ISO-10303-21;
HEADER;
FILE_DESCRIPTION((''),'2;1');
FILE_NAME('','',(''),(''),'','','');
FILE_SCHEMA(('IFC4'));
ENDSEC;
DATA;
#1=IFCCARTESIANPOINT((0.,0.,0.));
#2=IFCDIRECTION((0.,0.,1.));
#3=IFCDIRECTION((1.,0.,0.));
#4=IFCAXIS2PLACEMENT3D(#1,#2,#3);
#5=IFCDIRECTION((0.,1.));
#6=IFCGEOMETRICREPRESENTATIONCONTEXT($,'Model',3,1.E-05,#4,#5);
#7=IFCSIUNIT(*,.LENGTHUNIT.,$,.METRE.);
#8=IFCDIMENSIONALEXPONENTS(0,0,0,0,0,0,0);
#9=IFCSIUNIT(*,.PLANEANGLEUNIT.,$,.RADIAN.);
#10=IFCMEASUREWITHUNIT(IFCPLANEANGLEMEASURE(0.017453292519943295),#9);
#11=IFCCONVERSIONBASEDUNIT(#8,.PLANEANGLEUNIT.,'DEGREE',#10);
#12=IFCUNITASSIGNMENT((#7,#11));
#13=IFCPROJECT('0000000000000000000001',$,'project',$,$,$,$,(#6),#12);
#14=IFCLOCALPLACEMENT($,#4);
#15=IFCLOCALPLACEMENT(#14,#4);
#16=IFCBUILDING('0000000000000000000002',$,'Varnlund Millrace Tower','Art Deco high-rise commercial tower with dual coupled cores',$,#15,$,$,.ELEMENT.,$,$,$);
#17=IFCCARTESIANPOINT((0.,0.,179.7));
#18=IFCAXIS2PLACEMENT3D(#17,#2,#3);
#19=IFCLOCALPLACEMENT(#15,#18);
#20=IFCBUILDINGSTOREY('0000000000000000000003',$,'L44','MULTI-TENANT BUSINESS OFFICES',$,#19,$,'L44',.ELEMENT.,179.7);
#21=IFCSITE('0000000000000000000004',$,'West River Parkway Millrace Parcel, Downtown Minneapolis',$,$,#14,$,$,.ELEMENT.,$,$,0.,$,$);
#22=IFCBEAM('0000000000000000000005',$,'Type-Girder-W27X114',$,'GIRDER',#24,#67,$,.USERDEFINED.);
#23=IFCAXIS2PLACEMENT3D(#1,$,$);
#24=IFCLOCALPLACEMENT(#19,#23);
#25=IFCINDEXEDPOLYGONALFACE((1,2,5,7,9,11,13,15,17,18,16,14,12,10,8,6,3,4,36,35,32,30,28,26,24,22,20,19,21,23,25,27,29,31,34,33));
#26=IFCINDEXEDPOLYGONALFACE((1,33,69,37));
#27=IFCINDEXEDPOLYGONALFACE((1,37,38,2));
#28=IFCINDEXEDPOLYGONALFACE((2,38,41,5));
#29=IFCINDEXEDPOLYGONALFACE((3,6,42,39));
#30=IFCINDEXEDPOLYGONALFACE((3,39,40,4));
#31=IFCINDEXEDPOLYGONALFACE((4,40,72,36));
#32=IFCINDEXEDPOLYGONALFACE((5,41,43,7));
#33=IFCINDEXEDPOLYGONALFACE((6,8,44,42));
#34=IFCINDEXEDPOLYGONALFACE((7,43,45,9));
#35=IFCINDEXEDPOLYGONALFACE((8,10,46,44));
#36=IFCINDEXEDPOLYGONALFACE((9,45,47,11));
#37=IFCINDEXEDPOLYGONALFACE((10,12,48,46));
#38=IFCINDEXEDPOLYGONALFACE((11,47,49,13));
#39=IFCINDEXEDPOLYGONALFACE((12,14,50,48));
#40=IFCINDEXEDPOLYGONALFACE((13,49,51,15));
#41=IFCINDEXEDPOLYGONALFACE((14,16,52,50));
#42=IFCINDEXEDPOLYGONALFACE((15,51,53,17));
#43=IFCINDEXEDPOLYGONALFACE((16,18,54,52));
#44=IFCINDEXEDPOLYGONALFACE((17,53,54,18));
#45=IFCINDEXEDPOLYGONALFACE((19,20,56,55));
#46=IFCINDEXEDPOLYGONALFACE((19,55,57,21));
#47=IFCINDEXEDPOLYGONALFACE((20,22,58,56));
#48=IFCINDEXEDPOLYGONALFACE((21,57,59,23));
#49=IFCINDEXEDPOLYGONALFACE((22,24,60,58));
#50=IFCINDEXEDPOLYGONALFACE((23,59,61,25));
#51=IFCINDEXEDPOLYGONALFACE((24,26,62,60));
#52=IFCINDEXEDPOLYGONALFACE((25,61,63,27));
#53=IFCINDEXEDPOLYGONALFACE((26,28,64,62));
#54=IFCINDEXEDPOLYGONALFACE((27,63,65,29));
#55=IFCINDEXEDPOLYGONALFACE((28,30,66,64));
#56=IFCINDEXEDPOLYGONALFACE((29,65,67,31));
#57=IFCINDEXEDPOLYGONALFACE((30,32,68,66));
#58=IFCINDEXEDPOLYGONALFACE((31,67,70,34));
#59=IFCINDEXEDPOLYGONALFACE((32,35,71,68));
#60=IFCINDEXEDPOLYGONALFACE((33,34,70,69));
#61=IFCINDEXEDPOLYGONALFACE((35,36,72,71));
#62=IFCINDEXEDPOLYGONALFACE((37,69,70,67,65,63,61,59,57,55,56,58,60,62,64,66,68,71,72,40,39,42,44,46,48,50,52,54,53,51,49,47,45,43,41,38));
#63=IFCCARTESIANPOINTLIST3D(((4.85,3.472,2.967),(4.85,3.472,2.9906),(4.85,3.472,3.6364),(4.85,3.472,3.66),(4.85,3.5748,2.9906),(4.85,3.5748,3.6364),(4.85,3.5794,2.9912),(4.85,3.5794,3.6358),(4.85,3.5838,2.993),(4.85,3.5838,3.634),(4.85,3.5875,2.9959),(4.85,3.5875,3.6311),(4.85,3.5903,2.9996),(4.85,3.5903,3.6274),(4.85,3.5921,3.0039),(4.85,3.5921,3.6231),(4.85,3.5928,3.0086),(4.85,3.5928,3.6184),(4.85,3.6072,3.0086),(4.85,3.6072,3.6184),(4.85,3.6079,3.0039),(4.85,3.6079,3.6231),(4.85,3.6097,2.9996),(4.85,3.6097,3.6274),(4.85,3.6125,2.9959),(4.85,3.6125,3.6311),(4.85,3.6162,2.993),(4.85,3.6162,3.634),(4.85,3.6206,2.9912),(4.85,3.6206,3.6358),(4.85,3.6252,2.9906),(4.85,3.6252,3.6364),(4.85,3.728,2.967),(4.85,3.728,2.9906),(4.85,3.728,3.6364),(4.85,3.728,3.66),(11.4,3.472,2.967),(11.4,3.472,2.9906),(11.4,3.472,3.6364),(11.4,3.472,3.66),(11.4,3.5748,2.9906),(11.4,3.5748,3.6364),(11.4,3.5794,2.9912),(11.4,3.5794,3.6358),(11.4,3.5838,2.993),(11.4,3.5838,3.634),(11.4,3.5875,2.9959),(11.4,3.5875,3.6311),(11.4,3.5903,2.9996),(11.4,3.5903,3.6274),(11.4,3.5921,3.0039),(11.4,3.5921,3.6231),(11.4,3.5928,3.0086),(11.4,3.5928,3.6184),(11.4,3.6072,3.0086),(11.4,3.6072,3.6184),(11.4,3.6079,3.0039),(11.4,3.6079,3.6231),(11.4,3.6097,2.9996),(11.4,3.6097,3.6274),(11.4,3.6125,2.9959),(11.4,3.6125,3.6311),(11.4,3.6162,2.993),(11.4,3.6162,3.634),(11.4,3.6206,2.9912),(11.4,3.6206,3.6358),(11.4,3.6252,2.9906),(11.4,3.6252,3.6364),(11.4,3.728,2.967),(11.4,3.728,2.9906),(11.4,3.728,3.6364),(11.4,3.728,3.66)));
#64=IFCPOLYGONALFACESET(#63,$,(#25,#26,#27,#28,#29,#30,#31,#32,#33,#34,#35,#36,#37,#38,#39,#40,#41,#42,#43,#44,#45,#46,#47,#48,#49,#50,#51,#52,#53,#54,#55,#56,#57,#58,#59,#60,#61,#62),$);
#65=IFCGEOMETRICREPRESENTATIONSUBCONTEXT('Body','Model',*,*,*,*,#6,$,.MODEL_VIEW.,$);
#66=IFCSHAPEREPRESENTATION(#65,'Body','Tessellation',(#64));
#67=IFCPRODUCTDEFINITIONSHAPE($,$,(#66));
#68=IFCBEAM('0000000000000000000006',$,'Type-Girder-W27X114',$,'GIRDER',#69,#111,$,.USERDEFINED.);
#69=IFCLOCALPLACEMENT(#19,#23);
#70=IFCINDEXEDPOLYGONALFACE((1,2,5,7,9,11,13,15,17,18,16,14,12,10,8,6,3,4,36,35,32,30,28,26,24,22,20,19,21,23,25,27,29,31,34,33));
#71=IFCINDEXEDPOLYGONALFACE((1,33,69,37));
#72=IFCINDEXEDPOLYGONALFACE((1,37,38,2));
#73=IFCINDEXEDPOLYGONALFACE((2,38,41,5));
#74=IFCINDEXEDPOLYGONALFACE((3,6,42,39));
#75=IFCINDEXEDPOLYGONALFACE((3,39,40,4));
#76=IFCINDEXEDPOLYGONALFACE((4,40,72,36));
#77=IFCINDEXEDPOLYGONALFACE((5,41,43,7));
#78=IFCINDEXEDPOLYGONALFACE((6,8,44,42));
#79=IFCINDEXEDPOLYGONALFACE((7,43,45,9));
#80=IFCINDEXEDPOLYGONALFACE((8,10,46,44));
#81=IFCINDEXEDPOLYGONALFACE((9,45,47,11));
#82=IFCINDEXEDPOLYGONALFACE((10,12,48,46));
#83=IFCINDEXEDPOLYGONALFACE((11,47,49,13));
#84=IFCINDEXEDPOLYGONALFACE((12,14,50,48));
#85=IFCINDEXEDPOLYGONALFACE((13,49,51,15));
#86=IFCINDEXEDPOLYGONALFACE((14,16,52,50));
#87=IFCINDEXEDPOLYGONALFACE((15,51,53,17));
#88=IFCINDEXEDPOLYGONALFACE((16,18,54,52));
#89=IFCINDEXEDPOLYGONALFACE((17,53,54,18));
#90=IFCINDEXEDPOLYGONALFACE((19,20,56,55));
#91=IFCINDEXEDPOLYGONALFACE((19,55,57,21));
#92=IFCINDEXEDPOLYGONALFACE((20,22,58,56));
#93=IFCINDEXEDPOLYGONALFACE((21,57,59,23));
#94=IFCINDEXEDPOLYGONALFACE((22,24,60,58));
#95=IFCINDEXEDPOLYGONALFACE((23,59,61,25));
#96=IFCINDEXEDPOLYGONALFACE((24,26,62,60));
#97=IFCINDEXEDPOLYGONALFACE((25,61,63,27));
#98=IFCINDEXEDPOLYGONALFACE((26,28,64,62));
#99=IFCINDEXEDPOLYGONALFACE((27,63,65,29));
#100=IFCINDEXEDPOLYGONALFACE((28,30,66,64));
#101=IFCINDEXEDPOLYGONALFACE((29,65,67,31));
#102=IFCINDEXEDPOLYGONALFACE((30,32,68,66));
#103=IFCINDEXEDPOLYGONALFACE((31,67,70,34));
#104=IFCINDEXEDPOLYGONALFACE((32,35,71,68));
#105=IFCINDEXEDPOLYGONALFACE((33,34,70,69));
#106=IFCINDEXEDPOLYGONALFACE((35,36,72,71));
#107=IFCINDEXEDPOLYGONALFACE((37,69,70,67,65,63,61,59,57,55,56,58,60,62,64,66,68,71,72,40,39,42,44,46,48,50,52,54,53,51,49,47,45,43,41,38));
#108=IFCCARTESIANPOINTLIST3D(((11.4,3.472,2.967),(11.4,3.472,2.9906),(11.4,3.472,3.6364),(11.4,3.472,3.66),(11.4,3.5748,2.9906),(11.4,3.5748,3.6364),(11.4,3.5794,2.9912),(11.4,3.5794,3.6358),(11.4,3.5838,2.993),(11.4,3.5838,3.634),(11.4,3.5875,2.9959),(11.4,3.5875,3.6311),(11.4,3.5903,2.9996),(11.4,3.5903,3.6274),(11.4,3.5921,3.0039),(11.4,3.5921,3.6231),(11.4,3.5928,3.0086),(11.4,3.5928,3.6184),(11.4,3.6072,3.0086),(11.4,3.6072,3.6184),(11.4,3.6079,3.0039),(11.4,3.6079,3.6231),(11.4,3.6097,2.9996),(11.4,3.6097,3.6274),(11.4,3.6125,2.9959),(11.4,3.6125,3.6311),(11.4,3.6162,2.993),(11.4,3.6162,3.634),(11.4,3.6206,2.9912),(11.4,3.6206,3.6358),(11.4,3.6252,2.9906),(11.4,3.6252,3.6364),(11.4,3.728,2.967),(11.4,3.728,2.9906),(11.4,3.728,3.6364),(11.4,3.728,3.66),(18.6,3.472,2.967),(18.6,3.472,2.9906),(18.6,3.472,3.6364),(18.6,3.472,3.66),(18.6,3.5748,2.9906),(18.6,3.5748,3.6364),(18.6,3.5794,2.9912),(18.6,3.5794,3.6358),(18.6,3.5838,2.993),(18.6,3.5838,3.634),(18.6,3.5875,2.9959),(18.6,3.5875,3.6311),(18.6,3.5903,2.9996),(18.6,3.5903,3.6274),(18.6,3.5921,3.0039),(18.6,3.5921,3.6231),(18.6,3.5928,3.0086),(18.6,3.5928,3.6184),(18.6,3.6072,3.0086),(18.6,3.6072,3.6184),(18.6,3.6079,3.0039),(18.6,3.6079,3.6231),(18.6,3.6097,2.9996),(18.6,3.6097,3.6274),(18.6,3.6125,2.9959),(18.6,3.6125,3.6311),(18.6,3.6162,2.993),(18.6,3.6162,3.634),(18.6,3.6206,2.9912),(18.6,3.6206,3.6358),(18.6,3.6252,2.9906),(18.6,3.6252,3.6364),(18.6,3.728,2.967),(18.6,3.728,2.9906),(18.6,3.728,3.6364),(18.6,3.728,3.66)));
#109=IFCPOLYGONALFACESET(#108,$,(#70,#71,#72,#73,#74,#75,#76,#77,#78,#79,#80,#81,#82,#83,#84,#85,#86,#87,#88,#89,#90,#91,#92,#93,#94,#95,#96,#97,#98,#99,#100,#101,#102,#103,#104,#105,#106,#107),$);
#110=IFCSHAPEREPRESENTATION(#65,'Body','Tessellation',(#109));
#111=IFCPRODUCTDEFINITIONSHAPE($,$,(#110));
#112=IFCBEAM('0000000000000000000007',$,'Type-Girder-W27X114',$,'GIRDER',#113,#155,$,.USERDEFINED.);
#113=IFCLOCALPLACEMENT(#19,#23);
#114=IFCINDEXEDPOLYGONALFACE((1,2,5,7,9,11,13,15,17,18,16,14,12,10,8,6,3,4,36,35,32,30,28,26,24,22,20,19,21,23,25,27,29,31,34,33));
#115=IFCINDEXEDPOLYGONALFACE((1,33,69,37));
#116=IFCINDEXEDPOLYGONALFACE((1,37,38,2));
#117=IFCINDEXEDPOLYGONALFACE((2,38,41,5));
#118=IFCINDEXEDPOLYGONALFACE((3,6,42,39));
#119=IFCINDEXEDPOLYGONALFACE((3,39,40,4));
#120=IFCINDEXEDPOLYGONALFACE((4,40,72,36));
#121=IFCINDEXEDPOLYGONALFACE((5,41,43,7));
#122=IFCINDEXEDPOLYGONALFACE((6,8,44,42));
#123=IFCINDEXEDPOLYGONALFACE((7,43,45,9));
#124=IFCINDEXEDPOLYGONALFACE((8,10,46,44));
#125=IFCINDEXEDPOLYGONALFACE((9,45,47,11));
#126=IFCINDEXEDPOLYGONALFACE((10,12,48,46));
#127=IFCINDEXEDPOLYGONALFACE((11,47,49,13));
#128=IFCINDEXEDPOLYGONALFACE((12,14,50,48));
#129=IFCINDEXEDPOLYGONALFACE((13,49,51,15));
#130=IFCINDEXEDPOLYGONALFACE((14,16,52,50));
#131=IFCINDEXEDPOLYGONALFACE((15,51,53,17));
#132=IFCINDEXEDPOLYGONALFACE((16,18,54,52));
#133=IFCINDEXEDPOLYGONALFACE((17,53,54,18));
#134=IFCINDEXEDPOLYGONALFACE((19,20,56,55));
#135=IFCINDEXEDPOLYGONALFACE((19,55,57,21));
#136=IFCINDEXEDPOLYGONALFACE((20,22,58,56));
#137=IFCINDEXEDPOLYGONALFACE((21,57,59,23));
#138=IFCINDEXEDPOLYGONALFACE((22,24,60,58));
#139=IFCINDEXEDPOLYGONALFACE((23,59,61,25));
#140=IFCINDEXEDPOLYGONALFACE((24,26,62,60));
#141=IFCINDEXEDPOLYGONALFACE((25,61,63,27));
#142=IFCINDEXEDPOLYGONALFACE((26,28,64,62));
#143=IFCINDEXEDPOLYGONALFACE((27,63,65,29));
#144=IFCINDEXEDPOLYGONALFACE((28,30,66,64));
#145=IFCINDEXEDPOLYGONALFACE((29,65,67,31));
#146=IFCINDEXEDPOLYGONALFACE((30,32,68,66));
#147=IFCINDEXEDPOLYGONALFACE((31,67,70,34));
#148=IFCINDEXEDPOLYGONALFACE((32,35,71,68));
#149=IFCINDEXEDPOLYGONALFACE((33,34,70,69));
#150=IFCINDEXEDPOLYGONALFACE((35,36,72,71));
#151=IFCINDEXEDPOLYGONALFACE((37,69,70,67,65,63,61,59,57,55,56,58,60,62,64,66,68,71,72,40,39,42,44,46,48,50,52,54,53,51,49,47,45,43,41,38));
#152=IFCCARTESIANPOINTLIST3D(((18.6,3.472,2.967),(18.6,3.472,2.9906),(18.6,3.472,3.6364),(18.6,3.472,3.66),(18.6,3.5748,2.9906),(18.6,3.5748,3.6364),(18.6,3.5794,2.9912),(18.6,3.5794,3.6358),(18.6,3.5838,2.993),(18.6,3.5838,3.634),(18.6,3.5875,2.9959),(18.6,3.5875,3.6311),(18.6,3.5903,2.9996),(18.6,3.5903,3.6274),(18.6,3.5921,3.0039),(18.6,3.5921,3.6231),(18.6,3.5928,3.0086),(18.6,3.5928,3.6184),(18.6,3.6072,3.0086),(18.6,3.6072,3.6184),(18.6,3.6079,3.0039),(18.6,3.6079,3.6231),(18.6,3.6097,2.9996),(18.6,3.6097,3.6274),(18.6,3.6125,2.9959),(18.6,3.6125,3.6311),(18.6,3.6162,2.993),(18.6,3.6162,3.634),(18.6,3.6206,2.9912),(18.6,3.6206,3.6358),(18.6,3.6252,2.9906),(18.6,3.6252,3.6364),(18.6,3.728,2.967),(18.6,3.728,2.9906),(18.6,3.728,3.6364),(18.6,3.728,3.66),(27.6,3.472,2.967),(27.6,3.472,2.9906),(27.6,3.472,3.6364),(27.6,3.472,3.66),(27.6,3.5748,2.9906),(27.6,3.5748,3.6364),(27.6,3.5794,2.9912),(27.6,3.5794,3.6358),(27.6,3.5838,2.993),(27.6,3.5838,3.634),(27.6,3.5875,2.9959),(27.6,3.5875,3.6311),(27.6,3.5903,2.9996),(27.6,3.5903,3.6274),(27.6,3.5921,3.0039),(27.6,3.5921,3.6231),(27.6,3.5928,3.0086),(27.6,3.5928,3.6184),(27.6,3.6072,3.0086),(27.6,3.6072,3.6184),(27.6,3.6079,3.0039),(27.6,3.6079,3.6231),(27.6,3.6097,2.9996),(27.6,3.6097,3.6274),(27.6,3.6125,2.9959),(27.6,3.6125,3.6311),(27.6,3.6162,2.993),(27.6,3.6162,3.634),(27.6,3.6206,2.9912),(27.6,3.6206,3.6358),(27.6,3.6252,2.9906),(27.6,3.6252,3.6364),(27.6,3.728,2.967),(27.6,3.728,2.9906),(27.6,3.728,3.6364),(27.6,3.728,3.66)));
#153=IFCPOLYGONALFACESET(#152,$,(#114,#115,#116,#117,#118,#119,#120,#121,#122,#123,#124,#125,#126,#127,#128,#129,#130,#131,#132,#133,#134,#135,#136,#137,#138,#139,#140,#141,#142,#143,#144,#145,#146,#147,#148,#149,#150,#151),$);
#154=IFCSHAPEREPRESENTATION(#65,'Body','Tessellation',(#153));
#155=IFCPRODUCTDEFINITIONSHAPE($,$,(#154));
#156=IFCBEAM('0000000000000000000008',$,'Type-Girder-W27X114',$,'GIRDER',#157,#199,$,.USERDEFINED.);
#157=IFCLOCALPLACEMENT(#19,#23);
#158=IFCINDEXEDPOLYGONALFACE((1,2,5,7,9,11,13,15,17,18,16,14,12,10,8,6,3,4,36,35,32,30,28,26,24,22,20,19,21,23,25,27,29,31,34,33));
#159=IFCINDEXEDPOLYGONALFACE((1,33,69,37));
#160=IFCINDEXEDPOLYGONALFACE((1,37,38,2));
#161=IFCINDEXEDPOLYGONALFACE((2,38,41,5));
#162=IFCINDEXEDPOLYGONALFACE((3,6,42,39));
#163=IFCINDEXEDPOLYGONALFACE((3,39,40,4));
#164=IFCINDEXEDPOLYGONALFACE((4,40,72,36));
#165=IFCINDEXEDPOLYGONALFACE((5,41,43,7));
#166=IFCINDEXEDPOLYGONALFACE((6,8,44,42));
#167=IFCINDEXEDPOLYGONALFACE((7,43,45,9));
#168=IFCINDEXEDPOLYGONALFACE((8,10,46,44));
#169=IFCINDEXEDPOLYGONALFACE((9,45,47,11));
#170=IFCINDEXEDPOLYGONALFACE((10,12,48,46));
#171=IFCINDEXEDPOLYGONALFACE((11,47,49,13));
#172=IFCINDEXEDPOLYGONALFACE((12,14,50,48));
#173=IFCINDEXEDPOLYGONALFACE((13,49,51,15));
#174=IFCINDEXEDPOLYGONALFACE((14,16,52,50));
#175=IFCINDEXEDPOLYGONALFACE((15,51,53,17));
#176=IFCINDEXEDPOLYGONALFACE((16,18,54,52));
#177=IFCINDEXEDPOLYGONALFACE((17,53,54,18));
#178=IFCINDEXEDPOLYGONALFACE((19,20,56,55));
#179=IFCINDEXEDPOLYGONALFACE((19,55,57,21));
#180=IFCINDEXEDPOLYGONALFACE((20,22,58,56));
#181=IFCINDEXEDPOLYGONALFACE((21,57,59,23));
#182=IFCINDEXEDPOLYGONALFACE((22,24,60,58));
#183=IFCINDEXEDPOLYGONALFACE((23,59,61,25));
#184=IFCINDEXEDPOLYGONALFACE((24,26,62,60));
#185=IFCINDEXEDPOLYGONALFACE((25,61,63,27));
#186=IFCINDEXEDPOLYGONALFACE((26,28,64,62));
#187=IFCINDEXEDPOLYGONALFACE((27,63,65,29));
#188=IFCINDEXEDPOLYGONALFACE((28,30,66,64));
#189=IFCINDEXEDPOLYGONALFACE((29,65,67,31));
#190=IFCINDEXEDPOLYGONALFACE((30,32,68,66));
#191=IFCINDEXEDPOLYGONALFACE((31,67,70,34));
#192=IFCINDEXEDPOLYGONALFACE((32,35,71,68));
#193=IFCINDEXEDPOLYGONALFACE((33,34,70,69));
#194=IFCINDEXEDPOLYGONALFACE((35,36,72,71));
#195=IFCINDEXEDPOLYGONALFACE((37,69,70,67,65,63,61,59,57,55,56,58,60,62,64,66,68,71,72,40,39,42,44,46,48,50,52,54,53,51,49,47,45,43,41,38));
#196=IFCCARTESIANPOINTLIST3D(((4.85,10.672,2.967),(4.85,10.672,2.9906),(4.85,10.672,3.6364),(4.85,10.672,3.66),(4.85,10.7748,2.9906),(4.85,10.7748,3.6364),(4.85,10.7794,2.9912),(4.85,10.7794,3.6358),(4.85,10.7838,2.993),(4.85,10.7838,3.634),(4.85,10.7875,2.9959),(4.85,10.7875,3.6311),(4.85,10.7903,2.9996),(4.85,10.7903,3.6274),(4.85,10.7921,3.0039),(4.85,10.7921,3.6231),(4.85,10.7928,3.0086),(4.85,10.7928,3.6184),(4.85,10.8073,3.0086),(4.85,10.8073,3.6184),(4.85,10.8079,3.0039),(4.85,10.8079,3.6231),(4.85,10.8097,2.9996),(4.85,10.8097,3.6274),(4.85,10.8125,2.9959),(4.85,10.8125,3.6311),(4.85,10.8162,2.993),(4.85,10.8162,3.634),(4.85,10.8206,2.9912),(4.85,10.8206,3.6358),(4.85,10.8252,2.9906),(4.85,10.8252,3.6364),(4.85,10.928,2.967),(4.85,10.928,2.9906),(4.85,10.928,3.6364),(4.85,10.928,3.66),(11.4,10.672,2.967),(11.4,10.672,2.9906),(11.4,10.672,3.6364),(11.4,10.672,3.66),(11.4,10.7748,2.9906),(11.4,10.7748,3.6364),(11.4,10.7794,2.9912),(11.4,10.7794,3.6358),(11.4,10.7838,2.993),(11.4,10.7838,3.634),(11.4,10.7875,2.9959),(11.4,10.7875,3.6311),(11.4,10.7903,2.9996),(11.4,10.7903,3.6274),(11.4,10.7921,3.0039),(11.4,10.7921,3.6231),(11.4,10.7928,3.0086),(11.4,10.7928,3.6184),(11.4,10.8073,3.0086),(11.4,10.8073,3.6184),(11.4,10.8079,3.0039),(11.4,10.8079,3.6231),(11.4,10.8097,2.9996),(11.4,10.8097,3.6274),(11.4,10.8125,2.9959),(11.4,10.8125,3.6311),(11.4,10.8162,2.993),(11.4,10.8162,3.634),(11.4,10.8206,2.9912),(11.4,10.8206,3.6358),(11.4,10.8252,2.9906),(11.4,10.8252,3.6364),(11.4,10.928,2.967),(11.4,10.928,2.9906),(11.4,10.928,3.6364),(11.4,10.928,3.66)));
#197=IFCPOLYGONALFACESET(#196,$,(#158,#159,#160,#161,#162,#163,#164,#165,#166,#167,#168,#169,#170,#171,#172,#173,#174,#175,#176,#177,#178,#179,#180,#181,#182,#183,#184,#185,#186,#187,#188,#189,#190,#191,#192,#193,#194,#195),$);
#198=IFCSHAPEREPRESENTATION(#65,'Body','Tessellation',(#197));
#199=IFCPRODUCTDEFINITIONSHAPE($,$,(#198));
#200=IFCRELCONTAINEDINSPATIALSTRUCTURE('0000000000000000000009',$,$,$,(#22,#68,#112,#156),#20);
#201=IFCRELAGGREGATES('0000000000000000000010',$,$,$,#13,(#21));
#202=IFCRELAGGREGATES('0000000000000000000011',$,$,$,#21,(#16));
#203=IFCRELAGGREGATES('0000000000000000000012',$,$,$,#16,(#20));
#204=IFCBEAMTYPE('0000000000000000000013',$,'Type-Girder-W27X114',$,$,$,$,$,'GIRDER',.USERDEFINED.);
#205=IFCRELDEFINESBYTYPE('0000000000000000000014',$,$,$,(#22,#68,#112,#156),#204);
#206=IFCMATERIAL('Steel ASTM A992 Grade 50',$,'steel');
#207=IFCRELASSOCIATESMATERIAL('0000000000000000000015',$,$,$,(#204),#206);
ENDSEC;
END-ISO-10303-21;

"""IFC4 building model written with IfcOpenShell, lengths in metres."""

from ifc_helpers import new_model, entity, si_unit, converted_unit, direction, frame, origin_with_axes, origin_2d_with_axis, place, context, subcontext, project, spatial, i_section, extrude, material, material_profile, profile_set, type_object, element, save


model = new_model("IFC4")

# Units and contexts
model_context = context("Model", 3, precision=1e-05, world=origin_with_axes(), true_north=direction((0.0, 1.0)))
body_context = subcontext(model_context, "Body", "Model", "MODEL_VIEW")
ifc_project = project(units=[si_unit("LENGTHUNIT", "METRE"), converted_unit("PLANEANGLEUNIT", "DEGREE", entity("IfcPlaneAngleMeasure", 0.017453292519943295), si_unit("PLANEANGLEUNIT", "RADIAN"), dimensions=[0, 0, 0, 0, 0, 0, 0])], contexts=[model_context])

# Site, building, storey
site_placement = place(None, origin_with_axes())
site = spatial("IfcSite", under=ifc_project, at=site_placement, Name="West River Parkway Millrace Parcel, Downtown Minneapolis", CompositionType="ELEMENT", RefElevation=0.0)
building_placement = place(site_placement, origin_with_axes())
building = spatial("IfcBuilding", under=site, at=building_placement, Name="Varnlund Millrace Tower", Description="Art Deco high-rise commercial tower with dual coupled cores", CompositionType="ELEMENT")
storey_placement = place(building_placement, frame((0.0, 0.0, 179.7), z_axis=(0.0, 0.0, 1.0), x_axis=(1.0, 0.0, 0.0)))
storey = spatial("IfcBuildingStorey", under=building, at=storey_placement, Name="L44", Description="MULTI-TENANT BUSINESS OFFICES", LongName="L44", CompositionType="ELEMENT", Elevation=179.7)

# Beams
ifc_material_1 = material(Name="Steel ASTM A992 Grade 50", Category="steel")
ifc_material_profile_1 = material_profile(ifc_material_1, i_section(OverallWidth=0.256, OverallDepth=0.693, WebThickness=0.0145, FlangeThickness=0.0236, FilletRadius=0.018, at=origin_2d_with_axis()), Name="Steel ASTM A992 Grade 50")
ifc_profile_set_1 = profile_set([ifc_material_profile_1], Name="Steel ASTM A992 Grade 50")
beam_type_1 = type_object("IfcBeamType", Name="Type-Girder-W27X114", ElementType="GIRDER", PredefinedType="USERDEFINED", material=ifc_profile_set_1)
beam_1_placement = place(storey_placement, frame((4.85, 3.6, 3.3135), z_axis=(1.0, 0.0, 0.0), x_axis=(0.0, 1.0, 0.0)))
element("IfcBeam", 1, at=beam_1_placement, inside=storey, type_object=beam_type_1, Name="Type-Girder-W27X114", ObjectType="GIRDER", PredefinedType="USERDEFINED", context=body_context, shape_type="SweptSolid", body=[
    extrude(i_section(OverallWidth=0.256, OverallDepth=0.693, WebThickness=0.0145, FlangeThickness=0.0236, FilletRadius=0.018, at=origin_2d_with_axis()), origin_with_axes(), (0.0, 0.0, 1.0), 6.55),
])
beam_2_placement = place(storey_placement, frame((11.4, 3.6, 3.3135), z_axis=(1.0, 0.0, 0.0), x_axis=(0.0, 1.0, 0.0)))
element("IfcBeam", 2, at=beam_2_placement, inside=storey, type_object=beam_type_1, Name="Type-Girder-W27X114", ObjectType="GIRDER", PredefinedType="USERDEFINED", context=body_context, shape_type="SweptSolid", body=[
    extrude(i_section(OverallWidth=0.256, OverallDepth=0.693, WebThickness=0.0145, FlangeThickness=0.0236, FilletRadius=0.018, at=origin_2d_with_axis()), origin_with_axes(), (0.0, 0.0, 1.0), 7.2),
])
beam_3_placement = place(storey_placement, frame((18.6, 3.6, 3.3135), z_axis=(1.0, 0.0, 0.0), x_axis=(0.0, 1.0, 0.0)))
element("IfcBeam", 3, at=beam_3_placement, inside=storey, type_object=beam_type_1, Name="Type-Girder-W27X114", ObjectType="GIRDER", PredefinedType="USERDEFINED", context=body_context, shape_type="SweptSolid", body=[
    extrude(i_section(OverallWidth=0.256, OverallDepth=0.693, WebThickness=0.0145, FlangeThickness=0.0236, FilletRadius=0.018, at=origin_2d_with_axis()), origin_with_axes(), (0.0, 0.0, 1.0), 9.0),
])
beam_4_placement = place(storey_placement, frame((4.85, 10.8, 3.3135), z_axis=(1.0, 0.0, 0.0), x_axis=(0.0, 1.0, 0.0)))
element("IfcBeam", 4, at=beam_4_placement, inside=storey, type_object=beam_type_1, Name="Type-Girder-W27X114", ObjectType="GIRDER", PredefinedType="USERDEFINED", context=body_context, shape_type="SweptSolid", body=[
    extrude(i_section(OverallWidth=0.256, OverallDepth=0.693, WebThickness=0.0145, FlangeThickness=0.0236, FilletRadius=0.018, at=origin_2d_with_axis()), origin_with_axes(), (0.0, 0.0, 1.0), 6.55),
])

save(model, "model.ifc")
